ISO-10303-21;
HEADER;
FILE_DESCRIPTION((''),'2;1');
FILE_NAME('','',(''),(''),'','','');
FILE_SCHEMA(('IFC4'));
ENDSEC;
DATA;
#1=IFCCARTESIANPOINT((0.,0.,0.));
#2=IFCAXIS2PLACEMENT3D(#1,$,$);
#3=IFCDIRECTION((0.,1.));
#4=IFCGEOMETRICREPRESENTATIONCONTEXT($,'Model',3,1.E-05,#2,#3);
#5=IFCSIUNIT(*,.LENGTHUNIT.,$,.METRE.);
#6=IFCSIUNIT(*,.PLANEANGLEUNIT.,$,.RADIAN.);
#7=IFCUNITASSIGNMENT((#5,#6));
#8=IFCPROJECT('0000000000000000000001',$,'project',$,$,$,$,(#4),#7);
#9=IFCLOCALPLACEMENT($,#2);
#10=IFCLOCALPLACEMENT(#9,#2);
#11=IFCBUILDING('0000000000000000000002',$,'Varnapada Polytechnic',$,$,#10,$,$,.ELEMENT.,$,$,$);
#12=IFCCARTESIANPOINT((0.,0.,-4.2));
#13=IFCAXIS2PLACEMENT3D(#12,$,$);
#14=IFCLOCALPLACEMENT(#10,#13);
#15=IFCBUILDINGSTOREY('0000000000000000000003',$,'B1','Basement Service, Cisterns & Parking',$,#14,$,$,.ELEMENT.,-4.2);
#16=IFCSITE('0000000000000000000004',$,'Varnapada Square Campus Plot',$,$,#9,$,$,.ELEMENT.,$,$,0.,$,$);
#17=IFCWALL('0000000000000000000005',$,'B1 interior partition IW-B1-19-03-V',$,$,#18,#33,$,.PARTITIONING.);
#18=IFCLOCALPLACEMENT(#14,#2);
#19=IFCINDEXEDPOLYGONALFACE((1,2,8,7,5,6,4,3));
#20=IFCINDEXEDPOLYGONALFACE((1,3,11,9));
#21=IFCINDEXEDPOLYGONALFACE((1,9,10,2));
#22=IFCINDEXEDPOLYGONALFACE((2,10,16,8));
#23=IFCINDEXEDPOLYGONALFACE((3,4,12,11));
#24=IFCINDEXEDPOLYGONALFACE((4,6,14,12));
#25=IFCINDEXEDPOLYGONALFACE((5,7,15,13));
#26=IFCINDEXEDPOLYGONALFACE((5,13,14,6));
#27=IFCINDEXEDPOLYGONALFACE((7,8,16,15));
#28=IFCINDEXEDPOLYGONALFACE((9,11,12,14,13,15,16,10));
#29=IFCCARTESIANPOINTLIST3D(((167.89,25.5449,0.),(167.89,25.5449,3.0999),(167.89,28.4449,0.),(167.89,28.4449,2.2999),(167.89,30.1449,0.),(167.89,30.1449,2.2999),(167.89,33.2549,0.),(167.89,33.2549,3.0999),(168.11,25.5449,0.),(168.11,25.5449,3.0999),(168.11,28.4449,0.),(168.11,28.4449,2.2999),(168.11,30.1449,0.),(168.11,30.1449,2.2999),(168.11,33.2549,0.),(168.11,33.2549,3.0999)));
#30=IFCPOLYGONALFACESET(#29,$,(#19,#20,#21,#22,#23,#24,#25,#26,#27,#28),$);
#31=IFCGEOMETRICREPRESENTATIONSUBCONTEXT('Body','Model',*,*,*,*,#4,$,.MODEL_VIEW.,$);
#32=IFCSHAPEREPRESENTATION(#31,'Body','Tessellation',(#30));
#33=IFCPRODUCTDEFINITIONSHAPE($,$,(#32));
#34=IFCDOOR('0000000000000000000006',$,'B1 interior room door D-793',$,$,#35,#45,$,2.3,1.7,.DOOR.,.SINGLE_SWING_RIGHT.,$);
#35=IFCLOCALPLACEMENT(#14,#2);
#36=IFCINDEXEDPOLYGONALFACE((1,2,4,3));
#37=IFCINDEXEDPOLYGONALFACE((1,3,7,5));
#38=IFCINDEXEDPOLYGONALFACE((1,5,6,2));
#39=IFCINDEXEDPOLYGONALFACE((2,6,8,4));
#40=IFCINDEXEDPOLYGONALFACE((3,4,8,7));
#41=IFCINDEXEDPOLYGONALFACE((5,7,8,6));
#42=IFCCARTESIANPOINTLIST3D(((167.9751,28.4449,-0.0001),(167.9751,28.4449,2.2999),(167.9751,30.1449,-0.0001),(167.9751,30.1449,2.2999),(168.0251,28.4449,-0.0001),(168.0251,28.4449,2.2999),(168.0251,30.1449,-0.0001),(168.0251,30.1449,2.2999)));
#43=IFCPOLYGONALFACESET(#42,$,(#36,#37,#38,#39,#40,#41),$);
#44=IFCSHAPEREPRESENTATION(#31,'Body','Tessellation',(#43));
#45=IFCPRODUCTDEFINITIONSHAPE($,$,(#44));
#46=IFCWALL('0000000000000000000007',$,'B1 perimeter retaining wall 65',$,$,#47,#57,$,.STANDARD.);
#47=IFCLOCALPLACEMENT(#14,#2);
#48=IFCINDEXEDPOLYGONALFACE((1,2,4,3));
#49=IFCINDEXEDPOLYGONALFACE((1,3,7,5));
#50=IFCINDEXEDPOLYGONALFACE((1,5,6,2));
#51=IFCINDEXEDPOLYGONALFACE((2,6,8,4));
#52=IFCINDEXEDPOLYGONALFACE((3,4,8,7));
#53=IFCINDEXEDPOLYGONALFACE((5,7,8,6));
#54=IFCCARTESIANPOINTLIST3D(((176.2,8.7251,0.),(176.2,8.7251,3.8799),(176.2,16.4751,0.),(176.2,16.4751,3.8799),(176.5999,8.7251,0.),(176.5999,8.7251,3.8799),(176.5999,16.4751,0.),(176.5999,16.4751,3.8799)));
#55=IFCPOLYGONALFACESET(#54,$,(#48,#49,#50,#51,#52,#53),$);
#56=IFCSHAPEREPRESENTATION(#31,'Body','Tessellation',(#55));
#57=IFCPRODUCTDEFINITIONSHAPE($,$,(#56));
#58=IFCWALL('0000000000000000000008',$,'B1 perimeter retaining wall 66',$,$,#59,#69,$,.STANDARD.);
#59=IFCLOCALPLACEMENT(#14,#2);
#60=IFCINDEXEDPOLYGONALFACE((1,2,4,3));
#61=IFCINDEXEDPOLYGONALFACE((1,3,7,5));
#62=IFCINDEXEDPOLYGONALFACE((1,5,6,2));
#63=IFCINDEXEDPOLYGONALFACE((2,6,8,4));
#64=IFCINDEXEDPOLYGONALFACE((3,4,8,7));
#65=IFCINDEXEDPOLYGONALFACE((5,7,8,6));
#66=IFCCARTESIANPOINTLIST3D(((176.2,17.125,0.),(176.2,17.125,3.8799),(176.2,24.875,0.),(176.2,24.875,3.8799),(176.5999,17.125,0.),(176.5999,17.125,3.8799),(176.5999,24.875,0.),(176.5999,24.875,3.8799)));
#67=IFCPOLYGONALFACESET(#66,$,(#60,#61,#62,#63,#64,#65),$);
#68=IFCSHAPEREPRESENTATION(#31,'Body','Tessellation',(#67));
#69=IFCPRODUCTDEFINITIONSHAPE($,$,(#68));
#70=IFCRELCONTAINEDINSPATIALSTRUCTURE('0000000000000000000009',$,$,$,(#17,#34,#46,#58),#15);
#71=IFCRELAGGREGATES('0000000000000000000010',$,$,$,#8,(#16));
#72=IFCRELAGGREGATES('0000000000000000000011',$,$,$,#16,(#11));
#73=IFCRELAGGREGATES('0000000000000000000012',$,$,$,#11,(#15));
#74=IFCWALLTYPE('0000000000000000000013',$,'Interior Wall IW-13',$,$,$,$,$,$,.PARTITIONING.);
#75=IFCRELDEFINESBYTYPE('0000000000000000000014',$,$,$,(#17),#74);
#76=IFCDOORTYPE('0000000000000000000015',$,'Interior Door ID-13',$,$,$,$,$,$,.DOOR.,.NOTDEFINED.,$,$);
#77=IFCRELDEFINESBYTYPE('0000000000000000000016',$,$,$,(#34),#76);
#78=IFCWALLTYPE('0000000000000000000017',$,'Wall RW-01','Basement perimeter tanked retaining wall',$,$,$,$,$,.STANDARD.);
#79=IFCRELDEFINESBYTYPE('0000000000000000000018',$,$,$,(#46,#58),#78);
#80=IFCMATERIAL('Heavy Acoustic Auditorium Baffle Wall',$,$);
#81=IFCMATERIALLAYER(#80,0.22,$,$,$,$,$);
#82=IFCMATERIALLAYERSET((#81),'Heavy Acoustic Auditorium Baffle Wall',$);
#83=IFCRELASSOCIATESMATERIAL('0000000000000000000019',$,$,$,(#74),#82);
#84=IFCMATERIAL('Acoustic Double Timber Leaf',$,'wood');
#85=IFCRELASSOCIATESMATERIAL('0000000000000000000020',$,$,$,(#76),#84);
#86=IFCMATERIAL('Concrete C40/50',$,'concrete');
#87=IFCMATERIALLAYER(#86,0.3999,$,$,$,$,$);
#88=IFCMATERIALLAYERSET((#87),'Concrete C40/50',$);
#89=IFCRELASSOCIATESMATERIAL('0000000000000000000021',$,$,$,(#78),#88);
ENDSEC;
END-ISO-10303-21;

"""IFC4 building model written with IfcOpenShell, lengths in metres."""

from ifc_helpers import new_model, si_unit, direction, frame, frame_2d, origin, place, context, subcontext, project, spatial, rectangle, extrude, material, layer, layer_set, type_object, element, fill, save


model = new_model("IFC4")

# Units and contexts
model_context = context("Model", 3, precision=1e-05, world=origin(), true_north=direction((0.0, 1.0)))
body_context = subcontext(model_context, "Body", "Model", "MODEL_VIEW")
ifc_project = project(units=[si_unit("LENGTHUNIT", "METRE"), si_unit("PLANEANGLEUNIT", "RADIAN")], contexts=[model_context])

# Site, building, storey
site_placement = place(None, origin())
site = spatial("IfcSite", under=ifc_project, at=site_placement, Name="Varnapada Square Campus Plot", CompositionType="ELEMENT", RefElevation=0.0)
building_placement = place(site_placement, origin())
building = spatial("IfcBuilding", under=site, at=building_placement, Name="Varnapada Polytechnic", CompositionType="ELEMENT")
storey_placement = place(building_placement, frame((0.0, 0.0, -4.2)))
storey = spatial("IfcBuildingStorey", under=building, at=storey_placement, Name="B1", Description="Basement Service, Cisterns & Parking", CompositionType="ELEMENT", Elevation=-4.2)

# Shared definitions
ifc_material_1 = material(Name="Concrete C40/50", Category="concrete")

# Wall, opening, door
ifc_material_2 = material(Name="Heavy Acoustic Auditorium Baffle Wall")
ifc_layer_1 = layer(ifc_material_2, 0.22)
ifc_layer_set_1 = layer_set([ifc_layer_1], Name="Heavy Acoustic Auditorium Baffle Wall")
wall_type_1 = type_object("IfcWallType", Name="Interior Wall IW-13", PredefinedType="PARTITIONING", material=ifc_layer_set_1)
wall_1_placement = place(storey_placement, frame((168.0, 25.5449, 0.0), z_axis=(0.0, 0.0, 1.0), x_axis=(0.0, 1.0, 0.0)))
wall_1 = element("IfcWall", 1, at=wall_1_placement, inside=storey, type_object=wall_type_1, Name="B1 interior partition IW-B1-19-03-V", PredefinedType="PARTITIONING", context=body_context, shape_type="SweptSolid", body=[
    extrude(rectangle(XDim=7.71, YDim=0.22, at=frame_2d((3.855, 0.0))), origin(), (0.0, 0.0, 1.0), 3.0999),
])
opening_1_placement = place(wall_1_placement, frame((2.8999, 0.0, 0.0)))
opening_1 = element("IfcOpeningElement", 2, at=opening_1_placement, cuts=wall_1, PredefinedType="OPENING", context=body_context, shape_type="SweptSolid", body=[
    extrude(rectangle(XDim=1.7, YDim=2.3, at=frame_2d((0.8501, 1.1499))), frame((0.0, 0.1199, 0.0), z_axis=(0.0, -1.0, 0.0), x_axis=(1.0, 0.0, 0.0)), (0.0, 0.0, 1.0), 0.24),
])
ifc_material_3 = material(Name="Acoustic Double Timber Leaf", Category="wood")
door_type_1 = type_object("IfcDoorType", Name="Interior Door ID-13", OperationType="NOTDEFINED", PredefinedType="DOOR", material=ifc_material_3)
door_1_placement = place(opening_1_placement, origin())
door_1 = element("IfcDoor", 3, at=door_1_placement, inside=storey, type_object=door_type_1, Name="B1 interior room door D-793", OperationType="SINGLE_SWING_RIGHT", OverallHeight=2.3, OverallWidth=1.7, PredefinedType="DOOR", context=body_context, shape_type="SweptSolid", body=[
    extrude(rectangle(XDim=1.7, YDim=2.3, at=frame_2d((0.8501, 1.1499))), frame((0.0, 0.0249, 0.0), z_axis=(0.0, -1.0, 0.0), x_axis=(1.0, 0.0, 0.0)), (0.0, 0.0, 1.0), 0.05),
])
fill(opening_1, door_1)

# Walls
ifc_layer_2 = layer(ifc_material_1, 0.3999)
ifc_layer_set_2 = layer_set([ifc_layer_2], Name="Concrete C40/50")
wall_type_2 = type_object("IfcWallType", Name="Wall RW-01", Description="Basement perimeter tanked retaining wall", PredefinedType="STANDARD", material=ifc_layer_set_2)
for number, where, z_axis, x_axis, name in (
    (4, (176.3999, 16.4751, 0.0), (0.0, 0.0, 1.0), (0.0, -1.0, 0.0), "B1 perimeter retaining wall 65"),
    (5, (176.3999, 24.875, 0.0), (0.0, 0.0, 1.0), (0.0, -1.0, 0.0), "B1 perimeter retaining wall 66"),
):
    element("IfcWall", number, at=place(storey_placement, frame(where, z_axis=z_axis, x_axis=x_axis)), inside=storey, type_object=wall_type_2, Name=name, PredefinedType="STANDARD", context=body_context, shape_type="SweptSolid", body=[
        extrude(rectangle(XDim=7.75, YDim=0.3999, at=frame_2d((3.875, 0.0))), origin(), (0.0, 0.0, 1.0), 3.8799),
    ])

save(model, "model.ifc")
